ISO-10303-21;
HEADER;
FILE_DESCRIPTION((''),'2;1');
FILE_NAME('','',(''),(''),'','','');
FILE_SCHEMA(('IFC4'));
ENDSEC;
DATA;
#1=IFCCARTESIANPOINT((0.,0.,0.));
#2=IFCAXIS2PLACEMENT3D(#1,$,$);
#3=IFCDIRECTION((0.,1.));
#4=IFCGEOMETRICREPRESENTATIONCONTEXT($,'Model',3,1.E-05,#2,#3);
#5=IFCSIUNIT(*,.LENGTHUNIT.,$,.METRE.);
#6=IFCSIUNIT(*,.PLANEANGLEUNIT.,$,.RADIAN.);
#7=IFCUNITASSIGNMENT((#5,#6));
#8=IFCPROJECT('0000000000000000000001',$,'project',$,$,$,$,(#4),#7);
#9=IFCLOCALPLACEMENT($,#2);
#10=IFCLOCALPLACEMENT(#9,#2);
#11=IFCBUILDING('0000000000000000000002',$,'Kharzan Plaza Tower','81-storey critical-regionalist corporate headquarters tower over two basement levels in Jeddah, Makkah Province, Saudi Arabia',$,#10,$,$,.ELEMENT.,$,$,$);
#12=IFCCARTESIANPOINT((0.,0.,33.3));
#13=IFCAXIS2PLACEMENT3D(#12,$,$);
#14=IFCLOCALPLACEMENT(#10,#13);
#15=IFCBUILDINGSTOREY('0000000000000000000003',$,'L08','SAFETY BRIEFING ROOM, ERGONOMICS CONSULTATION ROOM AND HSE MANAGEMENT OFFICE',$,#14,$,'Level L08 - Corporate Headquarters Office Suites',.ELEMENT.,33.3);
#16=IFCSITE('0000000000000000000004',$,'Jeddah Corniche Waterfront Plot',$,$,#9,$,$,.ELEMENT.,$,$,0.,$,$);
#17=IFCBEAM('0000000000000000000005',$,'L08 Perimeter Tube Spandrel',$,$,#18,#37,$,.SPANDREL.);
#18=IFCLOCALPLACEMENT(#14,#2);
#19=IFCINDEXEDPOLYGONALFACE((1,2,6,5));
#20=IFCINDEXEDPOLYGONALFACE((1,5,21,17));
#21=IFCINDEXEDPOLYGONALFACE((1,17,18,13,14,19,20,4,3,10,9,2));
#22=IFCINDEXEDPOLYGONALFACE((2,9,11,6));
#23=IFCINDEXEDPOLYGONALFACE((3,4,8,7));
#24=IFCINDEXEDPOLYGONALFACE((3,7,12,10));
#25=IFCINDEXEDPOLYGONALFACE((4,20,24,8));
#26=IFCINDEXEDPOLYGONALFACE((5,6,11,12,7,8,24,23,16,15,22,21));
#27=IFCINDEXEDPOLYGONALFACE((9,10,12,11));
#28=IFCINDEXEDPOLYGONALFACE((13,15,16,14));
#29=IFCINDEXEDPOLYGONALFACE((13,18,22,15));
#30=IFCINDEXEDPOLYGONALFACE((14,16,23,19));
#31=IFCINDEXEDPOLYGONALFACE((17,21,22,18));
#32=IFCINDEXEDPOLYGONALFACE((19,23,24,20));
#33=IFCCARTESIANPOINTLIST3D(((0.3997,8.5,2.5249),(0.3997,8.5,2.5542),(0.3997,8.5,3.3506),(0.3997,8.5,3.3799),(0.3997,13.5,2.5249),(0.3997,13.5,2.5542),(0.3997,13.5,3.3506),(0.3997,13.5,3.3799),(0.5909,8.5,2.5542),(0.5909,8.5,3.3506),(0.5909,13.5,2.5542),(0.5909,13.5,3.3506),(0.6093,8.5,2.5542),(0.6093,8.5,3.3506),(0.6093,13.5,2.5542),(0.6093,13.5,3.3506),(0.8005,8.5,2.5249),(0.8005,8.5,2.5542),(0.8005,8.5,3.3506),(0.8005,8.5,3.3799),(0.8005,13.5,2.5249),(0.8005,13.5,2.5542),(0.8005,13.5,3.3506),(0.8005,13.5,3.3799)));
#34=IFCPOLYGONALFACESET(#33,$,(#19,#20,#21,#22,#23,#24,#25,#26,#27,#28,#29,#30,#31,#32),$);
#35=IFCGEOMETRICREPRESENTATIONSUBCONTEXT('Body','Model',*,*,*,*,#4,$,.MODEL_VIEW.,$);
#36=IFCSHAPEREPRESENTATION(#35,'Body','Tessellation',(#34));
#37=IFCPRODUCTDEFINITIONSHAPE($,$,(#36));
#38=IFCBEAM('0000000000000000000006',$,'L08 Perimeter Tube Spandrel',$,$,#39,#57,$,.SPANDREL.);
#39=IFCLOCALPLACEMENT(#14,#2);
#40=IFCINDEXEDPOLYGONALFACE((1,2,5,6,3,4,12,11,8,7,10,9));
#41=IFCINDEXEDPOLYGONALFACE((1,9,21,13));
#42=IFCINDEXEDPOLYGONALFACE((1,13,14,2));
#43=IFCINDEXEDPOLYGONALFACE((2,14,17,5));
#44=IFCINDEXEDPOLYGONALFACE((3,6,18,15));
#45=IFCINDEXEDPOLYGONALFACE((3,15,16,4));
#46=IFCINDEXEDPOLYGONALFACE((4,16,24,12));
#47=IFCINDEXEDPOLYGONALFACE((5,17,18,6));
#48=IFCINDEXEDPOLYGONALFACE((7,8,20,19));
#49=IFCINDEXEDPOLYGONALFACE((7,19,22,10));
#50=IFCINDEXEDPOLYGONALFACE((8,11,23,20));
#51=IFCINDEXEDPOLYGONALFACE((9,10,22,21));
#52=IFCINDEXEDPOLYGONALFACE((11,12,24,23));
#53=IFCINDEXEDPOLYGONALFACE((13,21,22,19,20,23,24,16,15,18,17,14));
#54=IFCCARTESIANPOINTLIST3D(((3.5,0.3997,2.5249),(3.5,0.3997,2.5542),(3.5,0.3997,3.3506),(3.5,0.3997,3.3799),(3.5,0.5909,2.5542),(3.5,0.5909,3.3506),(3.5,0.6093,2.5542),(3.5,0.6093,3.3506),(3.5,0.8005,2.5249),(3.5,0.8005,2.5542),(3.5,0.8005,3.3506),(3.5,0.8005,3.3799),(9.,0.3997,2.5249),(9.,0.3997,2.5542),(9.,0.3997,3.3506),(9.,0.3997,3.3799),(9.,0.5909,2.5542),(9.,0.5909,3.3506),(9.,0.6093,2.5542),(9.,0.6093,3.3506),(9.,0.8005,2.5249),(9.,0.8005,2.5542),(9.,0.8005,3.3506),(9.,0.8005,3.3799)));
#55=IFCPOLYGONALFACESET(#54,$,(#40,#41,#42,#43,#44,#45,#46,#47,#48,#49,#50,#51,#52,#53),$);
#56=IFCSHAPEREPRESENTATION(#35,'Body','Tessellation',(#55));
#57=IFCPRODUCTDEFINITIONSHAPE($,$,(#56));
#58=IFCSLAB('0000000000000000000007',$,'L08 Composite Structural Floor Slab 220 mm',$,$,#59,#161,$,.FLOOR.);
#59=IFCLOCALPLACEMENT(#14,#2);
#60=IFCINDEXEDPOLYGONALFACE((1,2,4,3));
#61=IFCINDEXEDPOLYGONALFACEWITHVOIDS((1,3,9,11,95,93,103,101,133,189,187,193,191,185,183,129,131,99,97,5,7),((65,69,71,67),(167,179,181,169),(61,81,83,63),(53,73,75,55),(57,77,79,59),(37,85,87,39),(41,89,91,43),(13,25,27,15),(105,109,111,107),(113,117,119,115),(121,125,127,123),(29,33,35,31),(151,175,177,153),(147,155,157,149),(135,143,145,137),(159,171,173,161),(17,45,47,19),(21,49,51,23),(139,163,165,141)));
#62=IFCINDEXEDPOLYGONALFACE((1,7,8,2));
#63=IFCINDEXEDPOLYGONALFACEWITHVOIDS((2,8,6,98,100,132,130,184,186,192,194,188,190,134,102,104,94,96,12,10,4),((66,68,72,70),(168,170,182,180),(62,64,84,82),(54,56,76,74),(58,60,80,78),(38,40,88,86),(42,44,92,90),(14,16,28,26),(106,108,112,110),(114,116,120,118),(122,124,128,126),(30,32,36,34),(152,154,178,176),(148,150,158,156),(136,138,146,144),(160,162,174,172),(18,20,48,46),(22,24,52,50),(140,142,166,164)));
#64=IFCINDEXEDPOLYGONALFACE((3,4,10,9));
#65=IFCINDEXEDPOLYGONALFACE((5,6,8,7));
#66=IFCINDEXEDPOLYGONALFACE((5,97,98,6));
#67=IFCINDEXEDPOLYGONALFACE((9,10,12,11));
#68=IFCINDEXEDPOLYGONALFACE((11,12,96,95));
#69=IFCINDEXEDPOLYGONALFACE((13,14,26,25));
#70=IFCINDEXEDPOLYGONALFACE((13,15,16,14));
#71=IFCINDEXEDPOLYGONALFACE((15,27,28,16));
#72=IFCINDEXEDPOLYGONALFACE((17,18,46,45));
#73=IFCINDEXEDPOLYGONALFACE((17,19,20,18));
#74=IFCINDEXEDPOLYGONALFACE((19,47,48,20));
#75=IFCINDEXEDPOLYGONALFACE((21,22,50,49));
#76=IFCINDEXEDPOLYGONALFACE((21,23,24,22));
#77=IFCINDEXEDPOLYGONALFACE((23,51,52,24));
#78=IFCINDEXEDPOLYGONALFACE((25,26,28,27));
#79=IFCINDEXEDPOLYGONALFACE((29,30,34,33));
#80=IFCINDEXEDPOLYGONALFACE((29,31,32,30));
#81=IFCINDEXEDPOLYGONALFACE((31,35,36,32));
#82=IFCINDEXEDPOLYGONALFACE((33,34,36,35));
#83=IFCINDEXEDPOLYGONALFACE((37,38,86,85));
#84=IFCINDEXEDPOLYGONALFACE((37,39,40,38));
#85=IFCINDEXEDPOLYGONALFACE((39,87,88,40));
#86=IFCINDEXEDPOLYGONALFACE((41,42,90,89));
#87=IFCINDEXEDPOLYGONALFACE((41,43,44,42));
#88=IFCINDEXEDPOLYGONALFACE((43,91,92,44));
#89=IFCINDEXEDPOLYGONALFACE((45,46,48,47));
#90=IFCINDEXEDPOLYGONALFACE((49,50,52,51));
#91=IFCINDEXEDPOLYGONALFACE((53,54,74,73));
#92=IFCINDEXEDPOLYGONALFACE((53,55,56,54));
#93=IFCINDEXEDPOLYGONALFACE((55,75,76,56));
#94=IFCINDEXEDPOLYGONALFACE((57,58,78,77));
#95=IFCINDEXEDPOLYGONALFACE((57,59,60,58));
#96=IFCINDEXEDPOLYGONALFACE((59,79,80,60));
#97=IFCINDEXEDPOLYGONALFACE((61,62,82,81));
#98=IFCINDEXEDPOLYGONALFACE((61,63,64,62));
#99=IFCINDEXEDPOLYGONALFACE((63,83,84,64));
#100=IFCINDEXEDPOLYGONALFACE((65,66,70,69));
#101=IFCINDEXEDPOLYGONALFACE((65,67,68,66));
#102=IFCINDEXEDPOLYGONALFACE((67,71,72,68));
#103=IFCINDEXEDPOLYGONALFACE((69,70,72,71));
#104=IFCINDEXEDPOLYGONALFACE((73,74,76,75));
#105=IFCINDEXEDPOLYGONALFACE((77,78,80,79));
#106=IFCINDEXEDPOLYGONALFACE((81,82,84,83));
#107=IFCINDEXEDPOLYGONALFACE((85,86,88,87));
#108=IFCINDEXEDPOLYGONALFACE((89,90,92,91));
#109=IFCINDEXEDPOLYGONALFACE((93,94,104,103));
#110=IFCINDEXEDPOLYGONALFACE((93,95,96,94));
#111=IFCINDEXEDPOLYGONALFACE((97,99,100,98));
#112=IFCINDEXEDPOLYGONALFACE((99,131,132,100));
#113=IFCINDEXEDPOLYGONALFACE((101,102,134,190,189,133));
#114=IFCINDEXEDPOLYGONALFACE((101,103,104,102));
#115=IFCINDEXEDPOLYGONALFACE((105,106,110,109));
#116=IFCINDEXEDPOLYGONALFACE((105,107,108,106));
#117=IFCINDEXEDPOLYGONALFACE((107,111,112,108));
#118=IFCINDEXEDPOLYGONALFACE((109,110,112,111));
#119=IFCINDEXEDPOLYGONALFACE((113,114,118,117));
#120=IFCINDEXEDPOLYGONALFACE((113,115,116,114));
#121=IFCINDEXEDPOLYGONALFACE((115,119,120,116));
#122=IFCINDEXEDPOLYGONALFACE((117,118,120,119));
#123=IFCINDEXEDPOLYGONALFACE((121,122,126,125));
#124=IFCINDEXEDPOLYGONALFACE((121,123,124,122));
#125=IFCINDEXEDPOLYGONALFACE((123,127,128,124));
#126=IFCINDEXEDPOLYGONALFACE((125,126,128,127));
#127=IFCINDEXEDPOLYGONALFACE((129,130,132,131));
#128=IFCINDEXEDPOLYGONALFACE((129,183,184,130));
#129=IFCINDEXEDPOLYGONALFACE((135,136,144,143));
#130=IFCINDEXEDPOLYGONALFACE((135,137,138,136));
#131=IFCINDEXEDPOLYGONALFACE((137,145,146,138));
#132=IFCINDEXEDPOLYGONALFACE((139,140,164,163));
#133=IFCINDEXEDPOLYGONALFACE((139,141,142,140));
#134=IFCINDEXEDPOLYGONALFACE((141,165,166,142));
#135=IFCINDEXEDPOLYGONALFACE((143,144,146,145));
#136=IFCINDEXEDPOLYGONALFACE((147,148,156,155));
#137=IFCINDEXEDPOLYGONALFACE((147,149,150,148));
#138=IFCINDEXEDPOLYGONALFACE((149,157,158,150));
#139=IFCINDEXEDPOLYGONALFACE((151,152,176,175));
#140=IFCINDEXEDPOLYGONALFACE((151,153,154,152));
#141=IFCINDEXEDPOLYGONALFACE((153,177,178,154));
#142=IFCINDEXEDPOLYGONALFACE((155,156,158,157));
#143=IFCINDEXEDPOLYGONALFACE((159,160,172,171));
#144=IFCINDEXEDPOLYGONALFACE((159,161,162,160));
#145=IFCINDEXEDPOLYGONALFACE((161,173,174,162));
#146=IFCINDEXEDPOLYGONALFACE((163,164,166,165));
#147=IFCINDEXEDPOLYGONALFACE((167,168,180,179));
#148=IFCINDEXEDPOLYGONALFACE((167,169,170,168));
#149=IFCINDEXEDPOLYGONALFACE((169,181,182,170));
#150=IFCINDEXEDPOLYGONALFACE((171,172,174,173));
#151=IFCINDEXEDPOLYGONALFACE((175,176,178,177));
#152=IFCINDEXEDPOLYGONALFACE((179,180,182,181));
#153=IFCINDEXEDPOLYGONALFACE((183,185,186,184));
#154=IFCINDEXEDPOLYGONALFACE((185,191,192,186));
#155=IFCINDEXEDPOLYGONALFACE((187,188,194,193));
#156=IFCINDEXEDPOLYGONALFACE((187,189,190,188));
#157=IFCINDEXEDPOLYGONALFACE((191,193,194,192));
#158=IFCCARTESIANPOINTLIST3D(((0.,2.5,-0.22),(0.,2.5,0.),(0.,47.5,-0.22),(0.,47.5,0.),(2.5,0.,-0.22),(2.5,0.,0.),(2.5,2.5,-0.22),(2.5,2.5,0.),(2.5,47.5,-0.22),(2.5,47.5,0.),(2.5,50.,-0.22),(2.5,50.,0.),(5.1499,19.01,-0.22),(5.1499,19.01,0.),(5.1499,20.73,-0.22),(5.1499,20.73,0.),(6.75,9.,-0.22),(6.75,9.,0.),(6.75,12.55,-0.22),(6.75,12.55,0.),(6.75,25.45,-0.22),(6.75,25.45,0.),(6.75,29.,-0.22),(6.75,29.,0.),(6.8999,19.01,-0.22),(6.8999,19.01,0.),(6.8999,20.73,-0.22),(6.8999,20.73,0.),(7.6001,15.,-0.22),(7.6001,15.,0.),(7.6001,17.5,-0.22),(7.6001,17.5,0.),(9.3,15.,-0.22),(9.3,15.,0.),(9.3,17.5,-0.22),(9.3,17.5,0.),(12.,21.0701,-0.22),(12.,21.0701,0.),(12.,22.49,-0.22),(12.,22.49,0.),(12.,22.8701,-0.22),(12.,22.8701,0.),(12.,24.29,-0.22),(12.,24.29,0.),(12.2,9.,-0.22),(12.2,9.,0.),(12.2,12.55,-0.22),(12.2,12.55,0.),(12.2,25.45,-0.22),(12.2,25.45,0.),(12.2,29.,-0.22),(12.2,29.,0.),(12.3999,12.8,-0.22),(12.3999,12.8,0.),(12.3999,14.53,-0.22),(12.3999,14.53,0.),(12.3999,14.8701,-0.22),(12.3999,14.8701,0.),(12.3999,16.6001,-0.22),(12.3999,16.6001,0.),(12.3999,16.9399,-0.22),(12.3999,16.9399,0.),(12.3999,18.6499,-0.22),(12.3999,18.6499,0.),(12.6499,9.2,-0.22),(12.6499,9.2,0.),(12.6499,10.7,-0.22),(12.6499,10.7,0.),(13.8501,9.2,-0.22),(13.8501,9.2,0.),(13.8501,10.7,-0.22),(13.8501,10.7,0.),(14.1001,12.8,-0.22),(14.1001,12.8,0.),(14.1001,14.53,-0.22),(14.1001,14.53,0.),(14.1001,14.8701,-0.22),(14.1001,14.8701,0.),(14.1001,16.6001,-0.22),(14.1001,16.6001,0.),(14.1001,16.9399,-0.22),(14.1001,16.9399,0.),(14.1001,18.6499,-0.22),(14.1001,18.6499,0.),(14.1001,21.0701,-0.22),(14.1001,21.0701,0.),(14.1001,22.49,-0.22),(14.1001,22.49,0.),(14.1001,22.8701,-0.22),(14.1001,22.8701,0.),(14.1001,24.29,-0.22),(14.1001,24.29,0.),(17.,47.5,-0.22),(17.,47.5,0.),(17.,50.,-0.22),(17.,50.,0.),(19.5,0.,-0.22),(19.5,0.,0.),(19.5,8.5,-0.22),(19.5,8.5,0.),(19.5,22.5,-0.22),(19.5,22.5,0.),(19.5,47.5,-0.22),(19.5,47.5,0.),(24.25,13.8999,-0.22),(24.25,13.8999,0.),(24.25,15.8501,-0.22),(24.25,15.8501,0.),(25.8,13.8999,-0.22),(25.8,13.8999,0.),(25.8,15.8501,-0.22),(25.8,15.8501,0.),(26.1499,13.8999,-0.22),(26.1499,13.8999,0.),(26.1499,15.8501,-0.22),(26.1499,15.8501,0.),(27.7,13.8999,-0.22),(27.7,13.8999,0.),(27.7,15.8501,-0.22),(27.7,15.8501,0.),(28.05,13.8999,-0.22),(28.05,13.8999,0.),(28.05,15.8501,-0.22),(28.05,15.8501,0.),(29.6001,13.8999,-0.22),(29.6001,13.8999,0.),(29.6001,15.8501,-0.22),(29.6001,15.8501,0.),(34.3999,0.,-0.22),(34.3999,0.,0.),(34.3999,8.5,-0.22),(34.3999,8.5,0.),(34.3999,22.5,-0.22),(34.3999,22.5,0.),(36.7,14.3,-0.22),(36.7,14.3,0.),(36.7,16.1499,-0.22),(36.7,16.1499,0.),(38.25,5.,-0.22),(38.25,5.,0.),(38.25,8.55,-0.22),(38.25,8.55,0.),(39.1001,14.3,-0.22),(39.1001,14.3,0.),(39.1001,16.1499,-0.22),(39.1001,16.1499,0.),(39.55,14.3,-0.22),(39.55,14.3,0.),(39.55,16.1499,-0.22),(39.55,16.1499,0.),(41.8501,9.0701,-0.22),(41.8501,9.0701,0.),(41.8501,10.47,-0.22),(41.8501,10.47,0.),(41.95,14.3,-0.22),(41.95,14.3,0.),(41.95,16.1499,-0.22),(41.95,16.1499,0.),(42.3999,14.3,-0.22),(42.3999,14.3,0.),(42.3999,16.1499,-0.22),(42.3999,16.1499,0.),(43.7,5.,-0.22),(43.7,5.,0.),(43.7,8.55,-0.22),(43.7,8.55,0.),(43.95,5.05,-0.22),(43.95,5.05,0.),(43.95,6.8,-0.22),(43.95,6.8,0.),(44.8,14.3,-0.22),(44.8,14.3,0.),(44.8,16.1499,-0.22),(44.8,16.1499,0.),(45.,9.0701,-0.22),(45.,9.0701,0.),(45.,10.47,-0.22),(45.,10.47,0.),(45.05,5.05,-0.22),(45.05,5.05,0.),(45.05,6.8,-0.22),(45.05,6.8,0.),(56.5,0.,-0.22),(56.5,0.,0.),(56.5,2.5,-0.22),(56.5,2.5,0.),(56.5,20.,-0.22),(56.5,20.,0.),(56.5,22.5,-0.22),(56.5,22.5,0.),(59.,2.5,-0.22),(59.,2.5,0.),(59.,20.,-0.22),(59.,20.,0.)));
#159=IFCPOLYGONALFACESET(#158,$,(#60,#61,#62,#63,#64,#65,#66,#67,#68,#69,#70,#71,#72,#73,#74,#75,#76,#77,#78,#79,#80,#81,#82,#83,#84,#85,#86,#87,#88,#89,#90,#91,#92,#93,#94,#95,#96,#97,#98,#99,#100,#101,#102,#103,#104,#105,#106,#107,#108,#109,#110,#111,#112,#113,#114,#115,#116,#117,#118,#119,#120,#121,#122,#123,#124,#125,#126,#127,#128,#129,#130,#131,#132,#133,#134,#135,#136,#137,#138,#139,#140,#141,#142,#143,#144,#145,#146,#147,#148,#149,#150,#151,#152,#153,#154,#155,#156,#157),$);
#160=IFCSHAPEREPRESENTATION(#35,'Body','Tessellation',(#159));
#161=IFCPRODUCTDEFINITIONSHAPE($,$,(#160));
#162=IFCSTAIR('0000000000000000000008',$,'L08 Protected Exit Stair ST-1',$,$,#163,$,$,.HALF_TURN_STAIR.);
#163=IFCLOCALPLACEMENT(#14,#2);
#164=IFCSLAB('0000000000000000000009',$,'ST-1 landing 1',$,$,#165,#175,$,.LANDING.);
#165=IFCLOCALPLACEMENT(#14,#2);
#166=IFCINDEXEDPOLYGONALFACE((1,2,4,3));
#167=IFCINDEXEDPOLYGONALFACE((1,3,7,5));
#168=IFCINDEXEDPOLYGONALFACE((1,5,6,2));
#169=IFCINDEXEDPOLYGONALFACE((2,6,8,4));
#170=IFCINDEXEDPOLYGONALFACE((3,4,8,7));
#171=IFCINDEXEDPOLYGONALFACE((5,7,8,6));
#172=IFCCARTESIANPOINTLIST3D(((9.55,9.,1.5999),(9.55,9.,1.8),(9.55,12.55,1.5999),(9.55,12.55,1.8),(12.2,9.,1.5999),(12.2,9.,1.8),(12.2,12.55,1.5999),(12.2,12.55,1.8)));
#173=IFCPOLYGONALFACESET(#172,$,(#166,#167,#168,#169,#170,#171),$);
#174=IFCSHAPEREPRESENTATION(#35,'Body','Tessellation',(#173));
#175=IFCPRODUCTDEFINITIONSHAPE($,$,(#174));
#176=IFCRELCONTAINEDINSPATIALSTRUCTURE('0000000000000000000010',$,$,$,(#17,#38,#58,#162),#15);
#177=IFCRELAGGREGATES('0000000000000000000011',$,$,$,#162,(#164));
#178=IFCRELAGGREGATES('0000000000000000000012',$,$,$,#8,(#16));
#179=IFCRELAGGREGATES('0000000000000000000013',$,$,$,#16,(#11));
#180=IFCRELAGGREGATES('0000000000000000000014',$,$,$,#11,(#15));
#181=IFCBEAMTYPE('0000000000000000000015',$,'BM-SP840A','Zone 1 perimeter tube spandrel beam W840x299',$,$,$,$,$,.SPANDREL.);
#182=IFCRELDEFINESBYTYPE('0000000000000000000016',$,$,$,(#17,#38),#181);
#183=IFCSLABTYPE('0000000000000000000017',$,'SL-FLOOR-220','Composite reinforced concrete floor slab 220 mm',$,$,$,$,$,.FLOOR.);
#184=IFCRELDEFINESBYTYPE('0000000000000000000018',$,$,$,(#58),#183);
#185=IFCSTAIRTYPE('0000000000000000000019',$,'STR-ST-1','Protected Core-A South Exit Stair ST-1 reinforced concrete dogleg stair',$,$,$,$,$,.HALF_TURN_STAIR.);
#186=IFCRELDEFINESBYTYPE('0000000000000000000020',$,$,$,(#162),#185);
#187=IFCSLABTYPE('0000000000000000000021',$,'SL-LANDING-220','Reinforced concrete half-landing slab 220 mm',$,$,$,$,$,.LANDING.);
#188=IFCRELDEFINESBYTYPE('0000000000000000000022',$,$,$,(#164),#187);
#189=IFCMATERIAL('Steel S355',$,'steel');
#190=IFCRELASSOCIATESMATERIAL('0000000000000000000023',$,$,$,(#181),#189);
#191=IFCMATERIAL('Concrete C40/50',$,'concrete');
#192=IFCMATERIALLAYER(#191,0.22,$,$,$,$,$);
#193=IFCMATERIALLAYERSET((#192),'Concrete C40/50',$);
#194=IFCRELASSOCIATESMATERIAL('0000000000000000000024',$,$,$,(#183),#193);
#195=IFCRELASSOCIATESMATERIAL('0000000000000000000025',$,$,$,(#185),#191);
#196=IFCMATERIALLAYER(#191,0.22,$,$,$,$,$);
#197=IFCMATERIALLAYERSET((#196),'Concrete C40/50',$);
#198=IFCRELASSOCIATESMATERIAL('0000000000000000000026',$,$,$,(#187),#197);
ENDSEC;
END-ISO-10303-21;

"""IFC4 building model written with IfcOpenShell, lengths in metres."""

from ifc_helpers import new_model, si_unit, direction, frame, origin, origin_2d, place, context, subcontext, project, spatial, polyline, i_section, outline, extrude, source, transform, mapped, material, layer, layer_set, material_profile, profile_set, type_object, element, aggregate, save


model = new_model("IFC4")

# Units and contexts
model_context = context("Model", 3, precision=1e-05, world=origin(), true_north=direction((0.0, 1.0)))
body_context = subcontext(model_context, "Body", "Model", "MODEL_VIEW")
ifc_project = project(units=[si_unit("LENGTHUNIT", "METRE"), si_unit("PLANEANGLEUNIT", "RADIAN")], contexts=[model_context])

# Site, building, storey
site_placement = place(None, origin())
site = spatial("IfcSite", under=ifc_project, at=site_placement, Name="Jeddah Corniche Waterfront Plot", CompositionType="ELEMENT", RefElevation=0.0)
building_placement = place(site_placement, origin())
building = spatial("IfcBuilding", under=site, at=building_placement, Name="Kharzan Plaza Tower", Description="81-storey critical-regionalist corporate headquarters tower over two basement levels in Jeddah, Makkah Province, Saudi Arabia", CompositionType="ELEMENT")
storey_placement = place(building_placement, frame((0.0, 0.0, 33.3)))
storey = spatial("IfcBuildingStorey", under=building, at=storey_placement, Name="L08", Description="SAFETY BRIEFING ROOM, ERGONOMICS CONSULTATION ROOM AND HSE MANAGEMENT OFFICE", LongName="Level L08 - Corporate Headquarters Office Suites", CompositionType="ELEMENT", Elevation=33.3)

# Beams
ifc_material_1 = material(Name="Steel S355", Category="steel")
ifc_material_profile_1 = material_profile(ifc_material_1, i_section(OverallWidth=0.4009, OverallDepth=0.855, WebThickness=0.0183, FlangeThickness=0.0293, at=origin_2d()), Name="W840x299")
ifc_profile_set_1 = profile_set([ifc_material_profile_1], Name="Steel S355")
beam_type_1 = type_object("IfcBeamType", Name="BM-SP840A", Description="Zone 1 perimeter tube spandrel beam W840x299", PredefinedType="SPANDREL", material=ifc_profile_set_1)
shared_shape_1 = source(origin(), body_context, "Body", "SweptSolid", [
    extrude(i_section(OverallWidth=0.4009, OverallDepth=0.855, WebThickness=0.0183, FlangeThickness=0.0293, at=origin_2d()), origin(), (0.0, 0.0, 1.0), 5.0),
])
for number, where, z_axis, x_axis, name in (
    (1, (0.6001, 8.5, 2.9524), (0.0, 1.0, 0.0), (-1.0, 0.0, 0.0), "L08 Perimeter Tube Spandrel"),
):
    element("IfcBeam", number, at=place(storey_placement, frame(where, z_axis=z_axis, x_axis=x_axis)), inside=storey, type_object=beam_type_1, Name=name, PredefinedType="SPANDREL", context=body_context, shape_type="MappedRepresentation", body=[
        mapped(shared_shape_1, transform((0.0, 0.0, 0.0), x_axis=(1.0, 0.0, 0.0), y_axis=(0.0, 1.0, 0.0), z_axis=(0.0, 0.0, 1.0))),
    ])
shared_shape_2 = source(origin(), body_context, "Body", "SweptSolid", [
    extrude(i_section(OverallWidth=0.4009, OverallDepth=0.855, WebThickness=0.0183, FlangeThickness=0.0293, at=origin_2d()), origin(), (0.0, 0.0, 1.0), 5.5),
])
beam_1_placement = place(storey_placement, frame((3.5, 0.6001, 2.9524), z_axis=(1.0, 0.0, 0.0), x_axis=(0.0, 1.0, 0.0)))
element("IfcBeam", 2, at=beam_1_placement, inside=storey, type_object=beam_type_1, Name="L08 Perimeter Tube Spandrel", PredefinedType="SPANDREL", context=body_context, shape_type="MappedRepresentation", body=[
    mapped(shared_shape_2, transform((0.0, 0.0, 0.0), x_axis=(1.0, 0.0, 0.0), y_axis=(0.0, 1.0, 0.0), z_axis=(0.0, 0.0, 1.0))),
])

# Slab
ifc_material_2 = material(Name="Concrete C40/50", Category="concrete")
ifc_layer_1 = layer(ifc_material_2, 0.22)
ifc_layer_set_1 = layer_set([ifc_layer_1], Name="Concrete C40/50")
slab_type_1 = type_object("IfcSlabType", Name="SL-FLOOR-220", Description="Composite reinforced concrete floor slab 220 mm", PredefinedType="FLOOR", material=ifc_layer_set_1)
slab_1_placement = place(storey_placement, frame((0.0, 0.0, -0.22)))
element("IfcSlab", 3, at=slab_1_placement, inside=storey, type_object=slab_type_1, Name="L08 Composite Structural Floor Slab 220 mm", PredefinedType="FLOOR", context=body_context, shape_type="SweptSolid", body=[
    extrude(outline(polyline([(34.3999, 22.5), (19.5, 22.5), (19.5, 47.5), (17.0, 47.5), (17.0, 50.0), (2.5, 50.0), (2.5, 47.5), (0.0, 47.5), (0.0, 2.5), (2.5, 2.5), (2.5, 0.0), (19.5, 0.0), (19.5, 8.5), (34.3999, 8.5), (34.3999, 0.0), (56.5, 0.0), (56.5, 2.5), (59.0, 2.5), (59.0, 20.0), (56.5, 20.0), (56.5, 22.5), (34.3999, 22.5)]), holes=[polyline([(13.8501, 9.2), (13.8501, 10.7), (12.6499, 10.7), (12.6499, 9.2), (13.8501, 9.2)]), polyline([(12.2, 9.0), (12.2, 12.55), (6.75, 12.55), (6.75, 9.0), (12.2, 9.0)]), polyline([(14.1001, 12.8), (14.1001, 14.53), (12.3999, 14.53), (12.3999, 12.8), (14.1001, 12.8)]), polyline([(14.1001, 14.8701), (14.1001, 16.6001), (12.3999, 16.6001), (12.3999, 14.8701), (14.1001, 14.8701)]), polyline([(9.3, 15.0), (9.3, 17.5), (7.6001, 17.5), (7.6001, 15.0), (9.3, 15.0)]), polyline([(14.1001, 16.9399), (14.1001, 18.6499), (12.3999, 18.6499), (12.3999, 16.9399), (14.1001, 16.9399)]), polyline([(6.8999, 19.01), (6.8999, 20.73), (5.1499, 20.73), (5.1499, 19.01), (6.8999, 19.01)]), polyline([(12.0, 21.0701), (14.1001, 21.0701), (14.1001, 22.49), (12.0, 22.49), (12.0, 21.0701)]), polyline([(12.0, 22.8701), (14.1001, 22.8701), (14.1001, 24.29), (12.0, 24.29), (12.0, 22.8701)]), polyline([(12.2, 25.45), (12.2, 29.0), (6.75, 29.0), (6.75, 25.45), (12.2, 25.45)]), polyline([(45.05, 5.05), (45.05, 6.8), (43.95, 6.8), (43.95, 5.05), (45.05, 5.05)]), polyline([(43.7, 5.0), (43.7, 8.55), (38.25, 8.55), (38.25, 5.0), (43.7, 5.0)]), polyline([(41.8501, 9.0701), (45.0, 9.0701), (45.0, 10.47), (41.8501, 10.47), (41.8501, 9.0701)]), polyline([(24.25, 13.8999), (25.8, 13.8999), (25.8, 15.8501), (24.25, 15.8501), (24.25, 13.8999)]), polyline([(27.7, 13.8999), (27.7, 15.8501), (26.1499, 15.8501), (26.1499, 13.8999), (27.7, 13.8999)]), polyline([(29.6001, 13.8999), (29.6001, 15.8501), (28.05, 15.8501), (28.05, 13.8999), (29.6001, 13.8999)]), polyline([(39.1001, 14.3), (39.1001, 16.1499), (36.7, 16.1499), (36.7, 14.3), (39.1001, 14.3)]), polyline([(39.55, 14.3), (41.95, 14.3), (41.95, 16.1499), (39.55, 16.1499), (39.55, 14.3)]), polyline([(42.3999, 14.3), (44.8, 14.3), (44.8, 16.1499), (42.3999, 16.1499), (42.3999, 14.3)])]), origin(), (0.0, 0.0, 1.0), 0.22),
])

# Stair, slab
stair_type_1 = type_object("IfcStairType", Name="STR-ST-1", Description="Protected Core-A South Exit Stair ST-1 reinforced concrete dogleg stair", PredefinedType="HALF_TURN_STAIR", material=ifc_material_2)
stair_1_placement = place(storey_placement, origin())
stair_1 = element("IfcStair", 4, at=stair_1_placement, inside=storey, type_object=stair_type_1, Name="L08 Protected Exit Stair ST-1", PredefinedType="HALF_TURN_STAIR")
ifc_layer_2 = layer(ifc_material_2, 0.22)
ifc_layer_set_2 = layer_set([ifc_layer_2], Name="Concrete C40/50")
slab_type_2 = type_object("IfcSlabType", Name="SL-LANDING-220", Description="Reinforced concrete half-landing slab 220 mm", PredefinedType="LANDING", material=ifc_layer_set_2)
slab_2_placement = place(storey_placement, frame((0.0, 0.0, 1.5999)))
slab_2 = element("IfcSlab", 5, at=slab_2_placement, type_object=slab_type_2, Name="ST-1 landing 1", PredefinedType="LANDING", context=body_context, shape_type="SweptSolid", body=[
    extrude(outline(polyline([(9.55, 9.0), (12.2, 9.0), (12.2, 12.55), (9.55, 12.55), (9.55, 9.0)])), origin(), (0.0, 0.0, 1.0), 0.2002),
])
aggregate(stair_1, [slab_2])

save(model, "model.ifc")
